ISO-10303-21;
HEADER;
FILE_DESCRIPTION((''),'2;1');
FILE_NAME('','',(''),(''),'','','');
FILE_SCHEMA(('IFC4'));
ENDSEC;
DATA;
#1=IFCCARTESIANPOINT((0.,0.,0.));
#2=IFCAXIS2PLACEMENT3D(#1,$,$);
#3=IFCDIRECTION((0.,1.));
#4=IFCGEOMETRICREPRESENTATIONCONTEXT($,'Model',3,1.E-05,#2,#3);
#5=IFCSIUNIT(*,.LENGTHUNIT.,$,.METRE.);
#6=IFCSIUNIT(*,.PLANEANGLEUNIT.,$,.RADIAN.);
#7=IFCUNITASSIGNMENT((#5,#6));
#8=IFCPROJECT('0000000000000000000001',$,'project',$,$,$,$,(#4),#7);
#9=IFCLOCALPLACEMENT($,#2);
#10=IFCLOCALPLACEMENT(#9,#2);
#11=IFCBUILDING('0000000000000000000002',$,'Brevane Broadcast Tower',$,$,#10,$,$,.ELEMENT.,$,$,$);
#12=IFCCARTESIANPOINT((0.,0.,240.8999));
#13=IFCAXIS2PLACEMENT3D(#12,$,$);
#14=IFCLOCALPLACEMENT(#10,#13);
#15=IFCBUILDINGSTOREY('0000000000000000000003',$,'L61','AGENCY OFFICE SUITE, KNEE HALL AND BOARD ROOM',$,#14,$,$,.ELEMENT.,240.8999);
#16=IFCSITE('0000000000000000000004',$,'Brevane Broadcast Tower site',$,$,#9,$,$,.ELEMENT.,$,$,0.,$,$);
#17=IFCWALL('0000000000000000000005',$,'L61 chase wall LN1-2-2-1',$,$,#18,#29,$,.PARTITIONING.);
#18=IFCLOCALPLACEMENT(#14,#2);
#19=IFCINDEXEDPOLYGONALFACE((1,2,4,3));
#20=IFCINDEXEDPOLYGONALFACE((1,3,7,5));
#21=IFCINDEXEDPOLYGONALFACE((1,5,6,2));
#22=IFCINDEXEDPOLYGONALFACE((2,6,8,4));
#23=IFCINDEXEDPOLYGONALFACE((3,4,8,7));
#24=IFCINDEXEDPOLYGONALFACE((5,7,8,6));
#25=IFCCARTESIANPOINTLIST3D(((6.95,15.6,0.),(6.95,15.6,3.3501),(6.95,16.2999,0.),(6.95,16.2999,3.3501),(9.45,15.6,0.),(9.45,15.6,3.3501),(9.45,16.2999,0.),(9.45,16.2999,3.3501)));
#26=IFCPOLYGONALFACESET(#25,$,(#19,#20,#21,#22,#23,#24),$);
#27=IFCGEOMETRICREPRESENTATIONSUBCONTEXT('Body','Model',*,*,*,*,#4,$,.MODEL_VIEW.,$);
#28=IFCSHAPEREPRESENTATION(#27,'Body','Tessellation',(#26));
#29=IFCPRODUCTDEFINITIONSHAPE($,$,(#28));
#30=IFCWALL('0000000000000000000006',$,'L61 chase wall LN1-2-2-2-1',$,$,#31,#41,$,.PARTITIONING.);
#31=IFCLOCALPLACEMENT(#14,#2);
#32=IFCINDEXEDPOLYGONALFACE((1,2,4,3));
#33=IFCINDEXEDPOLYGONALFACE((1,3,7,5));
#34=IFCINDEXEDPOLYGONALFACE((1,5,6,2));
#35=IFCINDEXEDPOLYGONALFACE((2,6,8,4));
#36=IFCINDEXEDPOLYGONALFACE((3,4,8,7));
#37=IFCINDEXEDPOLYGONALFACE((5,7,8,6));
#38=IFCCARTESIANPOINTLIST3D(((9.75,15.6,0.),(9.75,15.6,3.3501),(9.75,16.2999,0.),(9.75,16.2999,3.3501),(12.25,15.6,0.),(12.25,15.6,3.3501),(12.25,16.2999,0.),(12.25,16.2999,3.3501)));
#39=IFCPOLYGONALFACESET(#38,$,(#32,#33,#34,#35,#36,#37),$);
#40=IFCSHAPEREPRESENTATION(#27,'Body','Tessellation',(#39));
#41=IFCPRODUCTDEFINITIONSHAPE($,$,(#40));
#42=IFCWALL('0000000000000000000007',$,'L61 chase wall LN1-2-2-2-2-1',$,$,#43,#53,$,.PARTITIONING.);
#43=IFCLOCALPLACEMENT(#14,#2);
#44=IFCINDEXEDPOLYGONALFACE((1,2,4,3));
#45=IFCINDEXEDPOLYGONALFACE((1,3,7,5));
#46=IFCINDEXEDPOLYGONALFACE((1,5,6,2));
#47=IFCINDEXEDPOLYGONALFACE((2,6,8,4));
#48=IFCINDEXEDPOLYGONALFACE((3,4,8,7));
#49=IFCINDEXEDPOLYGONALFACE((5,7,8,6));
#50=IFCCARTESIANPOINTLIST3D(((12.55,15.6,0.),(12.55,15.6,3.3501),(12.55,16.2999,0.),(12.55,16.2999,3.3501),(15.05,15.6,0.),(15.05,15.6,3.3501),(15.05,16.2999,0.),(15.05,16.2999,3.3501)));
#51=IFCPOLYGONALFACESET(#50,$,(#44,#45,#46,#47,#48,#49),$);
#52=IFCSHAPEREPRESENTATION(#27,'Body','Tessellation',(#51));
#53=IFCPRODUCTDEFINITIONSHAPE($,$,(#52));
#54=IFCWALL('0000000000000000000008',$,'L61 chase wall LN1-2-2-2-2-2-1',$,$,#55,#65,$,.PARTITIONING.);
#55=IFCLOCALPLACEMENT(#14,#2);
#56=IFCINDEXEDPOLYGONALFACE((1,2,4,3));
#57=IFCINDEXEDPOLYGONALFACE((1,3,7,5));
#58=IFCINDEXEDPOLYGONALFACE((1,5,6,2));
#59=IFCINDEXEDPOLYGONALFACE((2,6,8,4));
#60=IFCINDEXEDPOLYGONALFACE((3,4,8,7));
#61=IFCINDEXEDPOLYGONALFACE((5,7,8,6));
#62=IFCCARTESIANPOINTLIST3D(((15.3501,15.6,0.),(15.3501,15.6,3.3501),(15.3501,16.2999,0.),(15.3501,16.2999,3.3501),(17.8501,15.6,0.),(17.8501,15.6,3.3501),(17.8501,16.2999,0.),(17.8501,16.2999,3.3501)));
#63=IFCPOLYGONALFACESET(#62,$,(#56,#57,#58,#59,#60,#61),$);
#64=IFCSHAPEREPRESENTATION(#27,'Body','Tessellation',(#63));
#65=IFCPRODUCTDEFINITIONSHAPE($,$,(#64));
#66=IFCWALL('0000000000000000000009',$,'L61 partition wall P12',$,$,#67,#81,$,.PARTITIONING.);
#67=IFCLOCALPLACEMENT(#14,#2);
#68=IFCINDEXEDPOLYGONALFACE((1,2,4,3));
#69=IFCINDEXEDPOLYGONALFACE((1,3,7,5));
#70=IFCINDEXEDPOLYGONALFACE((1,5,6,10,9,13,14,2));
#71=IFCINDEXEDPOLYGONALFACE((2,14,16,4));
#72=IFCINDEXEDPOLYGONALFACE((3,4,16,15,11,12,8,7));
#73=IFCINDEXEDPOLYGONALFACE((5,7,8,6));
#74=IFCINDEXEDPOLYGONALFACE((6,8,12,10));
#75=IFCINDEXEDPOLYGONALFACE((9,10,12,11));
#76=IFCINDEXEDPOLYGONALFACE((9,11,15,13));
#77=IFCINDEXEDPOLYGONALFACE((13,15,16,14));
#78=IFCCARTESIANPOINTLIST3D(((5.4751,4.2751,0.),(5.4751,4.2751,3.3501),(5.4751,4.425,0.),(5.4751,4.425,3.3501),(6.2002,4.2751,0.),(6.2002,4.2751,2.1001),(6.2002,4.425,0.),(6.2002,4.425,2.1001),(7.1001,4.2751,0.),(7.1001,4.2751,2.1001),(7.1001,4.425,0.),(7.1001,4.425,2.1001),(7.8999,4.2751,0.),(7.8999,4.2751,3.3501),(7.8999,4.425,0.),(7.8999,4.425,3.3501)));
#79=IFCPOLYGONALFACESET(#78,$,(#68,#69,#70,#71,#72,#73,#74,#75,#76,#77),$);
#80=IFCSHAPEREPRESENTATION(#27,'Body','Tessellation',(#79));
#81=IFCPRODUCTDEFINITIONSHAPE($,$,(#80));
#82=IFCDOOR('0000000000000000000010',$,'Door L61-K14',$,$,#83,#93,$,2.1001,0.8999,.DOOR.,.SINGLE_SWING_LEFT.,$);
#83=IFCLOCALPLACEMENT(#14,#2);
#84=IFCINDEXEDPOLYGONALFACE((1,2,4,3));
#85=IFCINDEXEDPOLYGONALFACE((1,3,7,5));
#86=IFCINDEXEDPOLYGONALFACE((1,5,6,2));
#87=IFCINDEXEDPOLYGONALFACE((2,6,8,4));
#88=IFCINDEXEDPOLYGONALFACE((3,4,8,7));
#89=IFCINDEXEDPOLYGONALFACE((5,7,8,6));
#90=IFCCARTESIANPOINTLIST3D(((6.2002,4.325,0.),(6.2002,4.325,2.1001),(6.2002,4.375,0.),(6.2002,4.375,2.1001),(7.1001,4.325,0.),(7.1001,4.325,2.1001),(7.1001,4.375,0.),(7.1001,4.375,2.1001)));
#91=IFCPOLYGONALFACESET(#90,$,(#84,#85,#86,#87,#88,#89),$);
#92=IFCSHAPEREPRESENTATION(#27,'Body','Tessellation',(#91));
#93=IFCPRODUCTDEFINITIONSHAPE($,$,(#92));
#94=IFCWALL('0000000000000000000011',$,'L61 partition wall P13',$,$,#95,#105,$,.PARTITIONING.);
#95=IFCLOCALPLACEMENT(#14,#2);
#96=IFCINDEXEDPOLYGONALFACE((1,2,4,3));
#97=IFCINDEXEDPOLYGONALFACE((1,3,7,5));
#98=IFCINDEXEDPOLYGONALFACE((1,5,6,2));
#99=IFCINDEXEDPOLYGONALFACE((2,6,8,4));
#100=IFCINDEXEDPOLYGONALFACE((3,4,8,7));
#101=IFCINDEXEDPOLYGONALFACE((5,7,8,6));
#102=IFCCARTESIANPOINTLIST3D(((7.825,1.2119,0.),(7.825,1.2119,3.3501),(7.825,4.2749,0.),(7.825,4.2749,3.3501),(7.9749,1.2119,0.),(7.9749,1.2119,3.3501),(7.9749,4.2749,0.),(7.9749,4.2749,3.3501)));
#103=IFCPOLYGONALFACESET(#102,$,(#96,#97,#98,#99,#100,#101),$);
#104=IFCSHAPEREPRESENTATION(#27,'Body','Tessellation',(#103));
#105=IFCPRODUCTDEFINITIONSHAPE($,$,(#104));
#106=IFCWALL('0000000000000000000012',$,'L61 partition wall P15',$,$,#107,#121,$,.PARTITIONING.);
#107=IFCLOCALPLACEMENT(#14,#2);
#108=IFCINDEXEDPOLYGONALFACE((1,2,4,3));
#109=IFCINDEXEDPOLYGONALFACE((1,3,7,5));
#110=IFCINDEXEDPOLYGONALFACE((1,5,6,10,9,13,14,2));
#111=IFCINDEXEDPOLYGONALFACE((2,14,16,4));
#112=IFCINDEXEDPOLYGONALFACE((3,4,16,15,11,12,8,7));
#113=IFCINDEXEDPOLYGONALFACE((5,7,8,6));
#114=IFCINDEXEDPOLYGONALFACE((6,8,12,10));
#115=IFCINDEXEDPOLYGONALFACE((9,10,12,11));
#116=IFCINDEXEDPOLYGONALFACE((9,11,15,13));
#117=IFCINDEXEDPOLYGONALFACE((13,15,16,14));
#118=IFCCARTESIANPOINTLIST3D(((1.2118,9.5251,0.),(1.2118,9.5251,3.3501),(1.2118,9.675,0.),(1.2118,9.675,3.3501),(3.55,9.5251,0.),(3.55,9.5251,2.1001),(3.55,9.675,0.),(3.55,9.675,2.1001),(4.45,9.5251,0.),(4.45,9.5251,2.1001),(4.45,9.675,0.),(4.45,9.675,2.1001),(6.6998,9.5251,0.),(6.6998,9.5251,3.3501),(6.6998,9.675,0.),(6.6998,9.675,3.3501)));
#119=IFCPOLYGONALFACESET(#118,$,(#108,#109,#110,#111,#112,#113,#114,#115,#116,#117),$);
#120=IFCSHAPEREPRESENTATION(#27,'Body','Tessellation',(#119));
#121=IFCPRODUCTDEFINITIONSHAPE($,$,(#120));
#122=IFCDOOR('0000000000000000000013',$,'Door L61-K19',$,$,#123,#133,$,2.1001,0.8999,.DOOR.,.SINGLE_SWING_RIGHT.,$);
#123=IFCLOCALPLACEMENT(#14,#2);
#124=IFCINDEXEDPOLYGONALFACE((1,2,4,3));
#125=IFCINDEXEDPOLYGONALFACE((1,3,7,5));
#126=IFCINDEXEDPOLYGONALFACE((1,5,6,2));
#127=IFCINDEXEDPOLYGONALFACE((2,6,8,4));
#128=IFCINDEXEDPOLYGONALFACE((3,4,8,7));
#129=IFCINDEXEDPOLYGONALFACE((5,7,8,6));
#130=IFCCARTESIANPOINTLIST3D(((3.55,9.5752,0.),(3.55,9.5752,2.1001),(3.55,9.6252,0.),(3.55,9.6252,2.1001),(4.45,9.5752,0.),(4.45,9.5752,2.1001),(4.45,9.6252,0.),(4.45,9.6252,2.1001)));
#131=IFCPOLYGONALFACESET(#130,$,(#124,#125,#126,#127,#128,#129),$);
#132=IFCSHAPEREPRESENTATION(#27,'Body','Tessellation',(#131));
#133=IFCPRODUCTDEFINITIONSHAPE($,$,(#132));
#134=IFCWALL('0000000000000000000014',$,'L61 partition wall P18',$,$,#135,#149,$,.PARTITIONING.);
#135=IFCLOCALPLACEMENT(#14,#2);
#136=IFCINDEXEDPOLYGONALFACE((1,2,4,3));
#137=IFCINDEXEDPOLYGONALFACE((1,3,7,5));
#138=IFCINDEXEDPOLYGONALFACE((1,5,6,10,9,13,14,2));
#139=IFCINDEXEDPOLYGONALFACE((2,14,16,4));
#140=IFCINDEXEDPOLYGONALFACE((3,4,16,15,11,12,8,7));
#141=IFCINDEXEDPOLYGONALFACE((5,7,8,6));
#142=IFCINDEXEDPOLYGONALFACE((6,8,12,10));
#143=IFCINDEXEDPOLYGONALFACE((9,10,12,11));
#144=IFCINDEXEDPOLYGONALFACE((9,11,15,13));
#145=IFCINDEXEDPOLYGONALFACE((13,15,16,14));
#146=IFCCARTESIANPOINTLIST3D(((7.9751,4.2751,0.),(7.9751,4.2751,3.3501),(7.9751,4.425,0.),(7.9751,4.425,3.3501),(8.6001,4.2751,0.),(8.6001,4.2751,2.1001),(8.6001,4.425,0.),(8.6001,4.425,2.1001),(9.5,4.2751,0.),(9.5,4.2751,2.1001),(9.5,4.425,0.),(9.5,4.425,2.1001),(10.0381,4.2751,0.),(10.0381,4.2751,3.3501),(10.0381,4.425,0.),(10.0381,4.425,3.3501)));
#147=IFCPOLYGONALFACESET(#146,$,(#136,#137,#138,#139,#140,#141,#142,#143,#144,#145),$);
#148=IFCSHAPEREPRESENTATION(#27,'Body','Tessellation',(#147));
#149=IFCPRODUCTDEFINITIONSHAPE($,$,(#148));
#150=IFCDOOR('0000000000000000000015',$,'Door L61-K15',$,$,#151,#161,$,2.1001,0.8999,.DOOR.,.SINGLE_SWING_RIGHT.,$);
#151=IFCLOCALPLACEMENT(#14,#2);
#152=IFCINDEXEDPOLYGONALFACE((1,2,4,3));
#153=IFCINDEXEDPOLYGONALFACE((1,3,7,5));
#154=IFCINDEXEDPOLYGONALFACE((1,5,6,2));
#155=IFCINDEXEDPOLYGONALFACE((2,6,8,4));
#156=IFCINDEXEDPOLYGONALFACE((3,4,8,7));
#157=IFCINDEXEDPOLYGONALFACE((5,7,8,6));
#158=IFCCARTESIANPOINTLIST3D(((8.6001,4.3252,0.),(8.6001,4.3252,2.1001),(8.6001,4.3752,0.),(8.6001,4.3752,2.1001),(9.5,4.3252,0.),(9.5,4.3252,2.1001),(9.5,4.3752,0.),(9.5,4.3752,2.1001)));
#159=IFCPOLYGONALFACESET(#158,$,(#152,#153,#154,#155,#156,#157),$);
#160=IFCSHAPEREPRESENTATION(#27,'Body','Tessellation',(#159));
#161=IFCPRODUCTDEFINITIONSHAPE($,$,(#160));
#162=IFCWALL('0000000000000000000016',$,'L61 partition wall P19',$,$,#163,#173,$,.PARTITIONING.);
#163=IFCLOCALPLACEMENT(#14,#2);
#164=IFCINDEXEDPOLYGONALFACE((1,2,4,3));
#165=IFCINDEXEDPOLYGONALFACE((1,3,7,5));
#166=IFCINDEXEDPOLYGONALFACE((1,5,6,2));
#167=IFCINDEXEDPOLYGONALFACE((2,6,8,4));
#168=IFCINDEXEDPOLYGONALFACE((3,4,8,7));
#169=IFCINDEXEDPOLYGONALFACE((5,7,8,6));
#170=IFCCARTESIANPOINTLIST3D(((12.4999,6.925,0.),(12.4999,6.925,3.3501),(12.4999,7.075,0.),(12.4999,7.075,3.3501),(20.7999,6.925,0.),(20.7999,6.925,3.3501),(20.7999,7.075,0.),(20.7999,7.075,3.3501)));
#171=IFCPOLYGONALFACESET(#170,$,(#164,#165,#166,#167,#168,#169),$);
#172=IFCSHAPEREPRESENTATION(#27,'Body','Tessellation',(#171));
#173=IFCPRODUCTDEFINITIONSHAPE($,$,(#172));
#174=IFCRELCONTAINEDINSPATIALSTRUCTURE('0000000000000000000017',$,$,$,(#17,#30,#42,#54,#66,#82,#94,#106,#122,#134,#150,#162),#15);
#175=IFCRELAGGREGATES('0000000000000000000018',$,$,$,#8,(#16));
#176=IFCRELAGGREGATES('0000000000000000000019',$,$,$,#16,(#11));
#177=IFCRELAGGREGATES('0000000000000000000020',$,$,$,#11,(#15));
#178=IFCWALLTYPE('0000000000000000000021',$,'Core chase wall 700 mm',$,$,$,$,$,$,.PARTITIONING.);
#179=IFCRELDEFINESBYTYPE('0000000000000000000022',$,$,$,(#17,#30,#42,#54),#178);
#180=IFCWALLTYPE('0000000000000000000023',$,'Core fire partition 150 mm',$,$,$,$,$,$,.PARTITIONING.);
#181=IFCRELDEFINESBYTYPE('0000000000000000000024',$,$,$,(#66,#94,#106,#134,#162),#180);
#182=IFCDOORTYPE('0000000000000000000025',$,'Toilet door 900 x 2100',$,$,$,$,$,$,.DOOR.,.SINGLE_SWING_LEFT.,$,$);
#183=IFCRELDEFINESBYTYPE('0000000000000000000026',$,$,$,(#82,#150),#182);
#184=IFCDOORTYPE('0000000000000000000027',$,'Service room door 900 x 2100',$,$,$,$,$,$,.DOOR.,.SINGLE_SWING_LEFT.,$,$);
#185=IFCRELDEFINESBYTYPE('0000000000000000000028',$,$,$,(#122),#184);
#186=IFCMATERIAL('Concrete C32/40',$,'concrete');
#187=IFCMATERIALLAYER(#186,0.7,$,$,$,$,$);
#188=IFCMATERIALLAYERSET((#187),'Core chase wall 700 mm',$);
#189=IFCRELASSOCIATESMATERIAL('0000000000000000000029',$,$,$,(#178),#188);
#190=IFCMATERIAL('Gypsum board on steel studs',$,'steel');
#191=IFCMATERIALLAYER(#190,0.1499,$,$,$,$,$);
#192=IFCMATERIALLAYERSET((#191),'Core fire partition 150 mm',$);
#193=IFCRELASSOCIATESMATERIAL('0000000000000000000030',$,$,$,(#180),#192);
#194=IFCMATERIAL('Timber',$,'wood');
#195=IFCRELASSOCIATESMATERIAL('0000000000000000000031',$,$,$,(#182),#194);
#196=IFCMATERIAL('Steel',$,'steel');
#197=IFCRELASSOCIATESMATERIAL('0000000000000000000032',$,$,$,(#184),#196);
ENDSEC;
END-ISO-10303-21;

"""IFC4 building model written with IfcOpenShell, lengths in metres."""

from ifc_helpers import new_model, si_unit, direction, frame, frame_2d, origin, place, context, subcontext, project, spatial, rectangle, extrude, material, layer, layer_set, type_object, element, fill, save


model = new_model("IFC4")

# Units and contexts
model_context = context("Model", 3, precision=1e-05, world=origin(), true_north=direction((0.0, 1.0)))
body_context = subcontext(model_context, "Body", "Model", "MODEL_VIEW")
ifc_project = project(units=[si_unit("LENGTHUNIT", "METRE"), si_unit("PLANEANGLEUNIT", "RADIAN")], contexts=[model_context])

# Site, building, storey
site_placement = place(None, origin())
site = spatial("IfcSite", under=ifc_project, at=site_placement, Name="Brevane Broadcast Tower site", CompositionType="ELEMENT", RefElevation=0.0)
building_placement = place(site_placement, origin())
building = spatial("IfcBuilding", under=site, at=building_placement, Name="Brevane Broadcast Tower", CompositionType="ELEMENT")
storey_placement = place(building_placement, frame((0.0, 0.0, 240.8999)))
storey = spatial("IfcBuildingStorey", under=building, at=storey_placement, Name="L61", Description="AGENCY OFFICE SUITE, KNEE HALL AND BOARD ROOM", CompositionType="ELEMENT", Elevation=240.8999)

# Walls
ifc_material_1 = material(Name="Concrete C32/40", Category="concrete")
ifc_layer_1 = layer(ifc_material_1, 0.7)
ifc_layer_set_1 = layer_set([ifc_layer_1], Name="Core chase wall 700 mm")
wall_type_1 = type_object("IfcWallType", Name="Core chase wall 700 mm", PredefinedType="PARTITIONING", material=ifc_layer_set_1)
for number, where, z_axis, x_axis, name in (
    (1, (6.95, 15.95, 0.0), (0.0, 0.0, 1.0), (1.0, 0.0, 0.0), "L61 chase wall LN1-2-2-1"),
    (2, (9.75, 15.95, 0.0), (0.0, 0.0, 1.0), (1.0, 0.0, 0.0), "L61 chase wall LN1-2-2-2-1"),
    (3, (12.55, 15.95, 0.0), (0.0, 0.0, 1.0), (1.0, 0.0, 0.0), "L61 chase wall LN1-2-2-2-2-1"),
    (4, (15.3501, 15.95, 0.0), (0.0, 0.0, 1.0), (1.0, 0.0, 0.0), "L61 chase wall LN1-2-2-2-2-2-1"),
):
    element("IfcWall", number, at=place(storey_placement, frame(where, z_axis=z_axis, x_axis=x_axis)), inside=storey, type_object=wall_type_1, Name=name, PredefinedType="PARTITIONING", context=body_context, shape_type="SweptSolid", body=[
        extrude(rectangle(XDim=2.5, YDim=0.7, at=frame_2d((1.25, 0.0))), origin(), (0.0, 0.0, 1.0), 3.3501),
    ])

# Wall, opening, door
ifc_material_2 = material(Name="Gypsum board on steel studs", Category="steel")
ifc_layer_2 = layer(ifc_material_2, 0.1499)
ifc_layer_set_2 = layer_set([ifc_layer_2], Name="Core fire partition 150 mm")
wall_type_2 = type_object("IfcWallType", Name="Core fire partition 150 mm", PredefinedType="PARTITIONING", material=ifc_layer_set_2)
wall_1_placement = place(storey_placement, frame((5.4751, 4.3501, 0.0), z_axis=(0.0, 0.0, 1.0), x_axis=(1.0, 0.0, 0.0)))
wall_1 = element("IfcWall", 5, at=wall_1_placement, inside=storey, type_object=wall_type_2, Name="L61 partition wall P12", PredefinedType="PARTITIONING", context=body_context, shape_type="SweptSolid", body=[
    extrude(rectangle(XDim=2.4248, YDim=0.1499, at=frame_2d((1.2124, 0.0))), origin(), (0.0, 0.0, 1.0), 3.3501),
])
opening_1_placement = place(wall_1_placement, frame((0.7251, 0.0, 0.0)))
opening_1 = element("IfcOpeningElement", 6, at=opening_1_placement, cuts=wall_1, PredefinedType="OPENING", context=body_context, shape_type="SweptSolid", body=[
    extrude(rectangle(XDim=0.8999, YDim=2.1001, at=frame_2d((0.45, 1.05))), frame((0.0, 0.085, 0.0), z_axis=(0.0, -1.0, 0.0), x_axis=(1.0, 0.0, 0.0)), (0.0, 0.0, 1.0), 0.1699),
])
ifc_material_3 = material(Name="Timber", Category="wood")
door_type_1 = type_object("IfcDoorType", Name="Toilet door 900 x 2100", OperationType="SINGLE_SWING_LEFT", PredefinedType="DOOR", material=ifc_material_3)
door_1_placement = place(opening_1_placement, origin())
door_1 = element("IfcDoor", 7, at=door_1_placement, inside=storey, type_object=door_type_1, Name="Door L61-K14", OperationType="SINGLE_SWING_LEFT", OverallHeight=2.1001, OverallWidth=0.8999, PredefinedType="DOOR", context=body_context, shape_type="SweptSolid", body=[
    extrude(rectangle(XDim=0.8999, YDim=2.1001, at=frame_2d((0.45, 1.05))), frame((0.0, 0.0249, 0.0), z_axis=(0.0, -1.0, 0.0), x_axis=(1.0, 0.0, 0.0)), (0.0, 0.0, 1.0), 0.05),
])
fill(opening_1, door_1)

# Wall
wall_2_placement = place(storey_placement, frame((7.8999, 4.2749, 0.0), z_axis=(0.0, 0.0, 1.0), x_axis=(0.0, -1.0, 0.0)))
element("IfcWall", 8, at=wall_2_placement, inside=storey, type_object=wall_type_2, Name="L61 partition wall P13", PredefinedType="PARTITIONING", context=body_context, shape_type="SweptSolid", body=[
    extrude(rectangle(XDim=3.063, YDim=0.1499, at=frame_2d((1.5315, 0.0))), origin(), (0.0, 0.0, 1.0), 3.3501),
])

# Walls, openings, doors
wall_3_placement = place(storey_placement, frame((6.7, 9.6001, 0.0), z_axis=(0.0, 0.0, 1.0), x_axis=(-1.0, 0.0, 0.0)))
wall_3 = element("IfcWall", 9, at=wall_3_placement, inside=storey, type_object=wall_type_2, Name="L61 partition wall P15", PredefinedType="PARTITIONING", context=body_context, shape_type="SweptSolid", body=[
    extrude(rectangle(XDim=5.488, YDim=0.1499, at=frame_2d((2.7441, 0.0))), origin(), (0.0, 0.0, 1.0), 3.3501),
])
opening_2_placement = place(wall_3_placement, frame((2.25, 0.0, 0.0)))
opening_2 = element("IfcOpeningElement", 10, at=opening_2_placement, cuts=wall_3, PredefinedType="OPENING", context=body_context, shape_type="SweptSolid", body=[
    extrude(rectangle(XDim=0.8999, YDim=2.1001, at=frame_2d((0.45, 1.05))), frame((0.0, 0.085, 0.0), z_axis=(0.0, -1.0, 0.0), x_axis=(1.0, 0.0, 0.0)), (0.0, 0.0, 1.0), 0.1699),
])
ifc_material_4 = material(Name="Steel", Category="steel")
door_type_2 = type_object("IfcDoorType", Name="Service room door 900 x 2100", OperationType="SINGLE_SWING_LEFT", PredefinedType="DOOR", material=ifc_material_4)
door_2_placement = place(opening_2_placement, origin())
door_2 = element("IfcDoor", 11, at=door_2_placement, inside=storey, type_object=door_type_2, Name="Door L61-K19", OperationType="SINGLE_SWING_RIGHT", OverallHeight=2.1001, OverallWidth=0.8999, PredefinedType="DOOR", context=body_context, shape_type="SweptSolid", body=[
    extrude(rectangle(XDim=0.8999, YDim=2.1001, at=frame_2d((0.45, 1.05))), frame((0.0, 0.0249, 0.0), z_axis=(0.0, -1.0, 0.0), x_axis=(1.0, 0.0, 0.0)), (0.0, 0.0, 1.0), 0.05),
])
fill(opening_2, door_2)
wall_4_placement = place(storey_placement, frame((10.0381, 4.3501, 0.0), z_axis=(0.0, 0.0, 1.0), x_axis=(-1.0, 0.0, 0.0)))
wall_4 = element("IfcWall", 12, at=wall_4_placement, inside=storey, type_object=wall_type_2, Name="L61 partition wall P18", PredefinedType="PARTITIONING", context=body_context, shape_type="SweptSolid", body=[
    extrude(rectangle(XDim=2.063, YDim=0.1499, at=frame_2d((1.0315, 0.0))), origin(), (0.0, 0.0, 1.0), 3.3501),
])
opening_3_placement = place(wall_4_placement, frame((0.5381, 0.0, 0.0)))
opening_3 = element("IfcOpeningElement", 13, at=opening_3_placement, cuts=wall_4, PredefinedType="OPENING", context=body_context, shape_type="SweptSolid", body=[
    extrude(rectangle(XDim=0.8999, YDim=2.1001, at=frame_2d((0.45, 1.05))), frame((0.0, 0.085, 0.0), z_axis=(0.0, -1.0, 0.0), x_axis=(1.0, 0.0, 0.0)), (0.0, 0.0, 1.0), 0.1699),
])
door_3_placement = place(opening_3_placement, origin())
door_3 = element("IfcDoor", 14, at=door_3_placement, inside=storey, type_object=door_type_1, Name="Door L61-K15", OperationType="SINGLE_SWING_RIGHT", OverallHeight=2.1001, OverallWidth=0.8999, PredefinedType="DOOR", context=body_context, shape_type="SweptSolid", body=[
    extrude(rectangle(XDim=0.8999, YDim=2.1001, at=frame_2d((0.45, 1.05))), frame((0.0, 0.0249, 0.0), z_axis=(0.0, -1.0, 0.0), x_axis=(1.0, 0.0, 0.0)), (0.0, 0.0, 1.0), 0.05),
])
fill(opening_3, door_3)

# Wall
wall_5_placement = place(storey_placement, frame((12.5, 7.0, 0.0), z_axis=(0.0, 0.0, 1.0), x_axis=(1.0, 0.0, 0.0)))
element("IfcWall", 15, at=wall_5_placement, inside=storey, type_object=wall_type_2, Name="L61 partition wall P19", PredefinedType="PARTITIONING", context=body_context, shape_type="SweptSolid", body=[
    extrude(rectangle(XDim=8.3, YDim=0.1499, at=frame_2d((4.1499, 0.0))), origin(), (0.0, 0.0, 1.0), 3.3501),
])

save(model, "model.ifc")
